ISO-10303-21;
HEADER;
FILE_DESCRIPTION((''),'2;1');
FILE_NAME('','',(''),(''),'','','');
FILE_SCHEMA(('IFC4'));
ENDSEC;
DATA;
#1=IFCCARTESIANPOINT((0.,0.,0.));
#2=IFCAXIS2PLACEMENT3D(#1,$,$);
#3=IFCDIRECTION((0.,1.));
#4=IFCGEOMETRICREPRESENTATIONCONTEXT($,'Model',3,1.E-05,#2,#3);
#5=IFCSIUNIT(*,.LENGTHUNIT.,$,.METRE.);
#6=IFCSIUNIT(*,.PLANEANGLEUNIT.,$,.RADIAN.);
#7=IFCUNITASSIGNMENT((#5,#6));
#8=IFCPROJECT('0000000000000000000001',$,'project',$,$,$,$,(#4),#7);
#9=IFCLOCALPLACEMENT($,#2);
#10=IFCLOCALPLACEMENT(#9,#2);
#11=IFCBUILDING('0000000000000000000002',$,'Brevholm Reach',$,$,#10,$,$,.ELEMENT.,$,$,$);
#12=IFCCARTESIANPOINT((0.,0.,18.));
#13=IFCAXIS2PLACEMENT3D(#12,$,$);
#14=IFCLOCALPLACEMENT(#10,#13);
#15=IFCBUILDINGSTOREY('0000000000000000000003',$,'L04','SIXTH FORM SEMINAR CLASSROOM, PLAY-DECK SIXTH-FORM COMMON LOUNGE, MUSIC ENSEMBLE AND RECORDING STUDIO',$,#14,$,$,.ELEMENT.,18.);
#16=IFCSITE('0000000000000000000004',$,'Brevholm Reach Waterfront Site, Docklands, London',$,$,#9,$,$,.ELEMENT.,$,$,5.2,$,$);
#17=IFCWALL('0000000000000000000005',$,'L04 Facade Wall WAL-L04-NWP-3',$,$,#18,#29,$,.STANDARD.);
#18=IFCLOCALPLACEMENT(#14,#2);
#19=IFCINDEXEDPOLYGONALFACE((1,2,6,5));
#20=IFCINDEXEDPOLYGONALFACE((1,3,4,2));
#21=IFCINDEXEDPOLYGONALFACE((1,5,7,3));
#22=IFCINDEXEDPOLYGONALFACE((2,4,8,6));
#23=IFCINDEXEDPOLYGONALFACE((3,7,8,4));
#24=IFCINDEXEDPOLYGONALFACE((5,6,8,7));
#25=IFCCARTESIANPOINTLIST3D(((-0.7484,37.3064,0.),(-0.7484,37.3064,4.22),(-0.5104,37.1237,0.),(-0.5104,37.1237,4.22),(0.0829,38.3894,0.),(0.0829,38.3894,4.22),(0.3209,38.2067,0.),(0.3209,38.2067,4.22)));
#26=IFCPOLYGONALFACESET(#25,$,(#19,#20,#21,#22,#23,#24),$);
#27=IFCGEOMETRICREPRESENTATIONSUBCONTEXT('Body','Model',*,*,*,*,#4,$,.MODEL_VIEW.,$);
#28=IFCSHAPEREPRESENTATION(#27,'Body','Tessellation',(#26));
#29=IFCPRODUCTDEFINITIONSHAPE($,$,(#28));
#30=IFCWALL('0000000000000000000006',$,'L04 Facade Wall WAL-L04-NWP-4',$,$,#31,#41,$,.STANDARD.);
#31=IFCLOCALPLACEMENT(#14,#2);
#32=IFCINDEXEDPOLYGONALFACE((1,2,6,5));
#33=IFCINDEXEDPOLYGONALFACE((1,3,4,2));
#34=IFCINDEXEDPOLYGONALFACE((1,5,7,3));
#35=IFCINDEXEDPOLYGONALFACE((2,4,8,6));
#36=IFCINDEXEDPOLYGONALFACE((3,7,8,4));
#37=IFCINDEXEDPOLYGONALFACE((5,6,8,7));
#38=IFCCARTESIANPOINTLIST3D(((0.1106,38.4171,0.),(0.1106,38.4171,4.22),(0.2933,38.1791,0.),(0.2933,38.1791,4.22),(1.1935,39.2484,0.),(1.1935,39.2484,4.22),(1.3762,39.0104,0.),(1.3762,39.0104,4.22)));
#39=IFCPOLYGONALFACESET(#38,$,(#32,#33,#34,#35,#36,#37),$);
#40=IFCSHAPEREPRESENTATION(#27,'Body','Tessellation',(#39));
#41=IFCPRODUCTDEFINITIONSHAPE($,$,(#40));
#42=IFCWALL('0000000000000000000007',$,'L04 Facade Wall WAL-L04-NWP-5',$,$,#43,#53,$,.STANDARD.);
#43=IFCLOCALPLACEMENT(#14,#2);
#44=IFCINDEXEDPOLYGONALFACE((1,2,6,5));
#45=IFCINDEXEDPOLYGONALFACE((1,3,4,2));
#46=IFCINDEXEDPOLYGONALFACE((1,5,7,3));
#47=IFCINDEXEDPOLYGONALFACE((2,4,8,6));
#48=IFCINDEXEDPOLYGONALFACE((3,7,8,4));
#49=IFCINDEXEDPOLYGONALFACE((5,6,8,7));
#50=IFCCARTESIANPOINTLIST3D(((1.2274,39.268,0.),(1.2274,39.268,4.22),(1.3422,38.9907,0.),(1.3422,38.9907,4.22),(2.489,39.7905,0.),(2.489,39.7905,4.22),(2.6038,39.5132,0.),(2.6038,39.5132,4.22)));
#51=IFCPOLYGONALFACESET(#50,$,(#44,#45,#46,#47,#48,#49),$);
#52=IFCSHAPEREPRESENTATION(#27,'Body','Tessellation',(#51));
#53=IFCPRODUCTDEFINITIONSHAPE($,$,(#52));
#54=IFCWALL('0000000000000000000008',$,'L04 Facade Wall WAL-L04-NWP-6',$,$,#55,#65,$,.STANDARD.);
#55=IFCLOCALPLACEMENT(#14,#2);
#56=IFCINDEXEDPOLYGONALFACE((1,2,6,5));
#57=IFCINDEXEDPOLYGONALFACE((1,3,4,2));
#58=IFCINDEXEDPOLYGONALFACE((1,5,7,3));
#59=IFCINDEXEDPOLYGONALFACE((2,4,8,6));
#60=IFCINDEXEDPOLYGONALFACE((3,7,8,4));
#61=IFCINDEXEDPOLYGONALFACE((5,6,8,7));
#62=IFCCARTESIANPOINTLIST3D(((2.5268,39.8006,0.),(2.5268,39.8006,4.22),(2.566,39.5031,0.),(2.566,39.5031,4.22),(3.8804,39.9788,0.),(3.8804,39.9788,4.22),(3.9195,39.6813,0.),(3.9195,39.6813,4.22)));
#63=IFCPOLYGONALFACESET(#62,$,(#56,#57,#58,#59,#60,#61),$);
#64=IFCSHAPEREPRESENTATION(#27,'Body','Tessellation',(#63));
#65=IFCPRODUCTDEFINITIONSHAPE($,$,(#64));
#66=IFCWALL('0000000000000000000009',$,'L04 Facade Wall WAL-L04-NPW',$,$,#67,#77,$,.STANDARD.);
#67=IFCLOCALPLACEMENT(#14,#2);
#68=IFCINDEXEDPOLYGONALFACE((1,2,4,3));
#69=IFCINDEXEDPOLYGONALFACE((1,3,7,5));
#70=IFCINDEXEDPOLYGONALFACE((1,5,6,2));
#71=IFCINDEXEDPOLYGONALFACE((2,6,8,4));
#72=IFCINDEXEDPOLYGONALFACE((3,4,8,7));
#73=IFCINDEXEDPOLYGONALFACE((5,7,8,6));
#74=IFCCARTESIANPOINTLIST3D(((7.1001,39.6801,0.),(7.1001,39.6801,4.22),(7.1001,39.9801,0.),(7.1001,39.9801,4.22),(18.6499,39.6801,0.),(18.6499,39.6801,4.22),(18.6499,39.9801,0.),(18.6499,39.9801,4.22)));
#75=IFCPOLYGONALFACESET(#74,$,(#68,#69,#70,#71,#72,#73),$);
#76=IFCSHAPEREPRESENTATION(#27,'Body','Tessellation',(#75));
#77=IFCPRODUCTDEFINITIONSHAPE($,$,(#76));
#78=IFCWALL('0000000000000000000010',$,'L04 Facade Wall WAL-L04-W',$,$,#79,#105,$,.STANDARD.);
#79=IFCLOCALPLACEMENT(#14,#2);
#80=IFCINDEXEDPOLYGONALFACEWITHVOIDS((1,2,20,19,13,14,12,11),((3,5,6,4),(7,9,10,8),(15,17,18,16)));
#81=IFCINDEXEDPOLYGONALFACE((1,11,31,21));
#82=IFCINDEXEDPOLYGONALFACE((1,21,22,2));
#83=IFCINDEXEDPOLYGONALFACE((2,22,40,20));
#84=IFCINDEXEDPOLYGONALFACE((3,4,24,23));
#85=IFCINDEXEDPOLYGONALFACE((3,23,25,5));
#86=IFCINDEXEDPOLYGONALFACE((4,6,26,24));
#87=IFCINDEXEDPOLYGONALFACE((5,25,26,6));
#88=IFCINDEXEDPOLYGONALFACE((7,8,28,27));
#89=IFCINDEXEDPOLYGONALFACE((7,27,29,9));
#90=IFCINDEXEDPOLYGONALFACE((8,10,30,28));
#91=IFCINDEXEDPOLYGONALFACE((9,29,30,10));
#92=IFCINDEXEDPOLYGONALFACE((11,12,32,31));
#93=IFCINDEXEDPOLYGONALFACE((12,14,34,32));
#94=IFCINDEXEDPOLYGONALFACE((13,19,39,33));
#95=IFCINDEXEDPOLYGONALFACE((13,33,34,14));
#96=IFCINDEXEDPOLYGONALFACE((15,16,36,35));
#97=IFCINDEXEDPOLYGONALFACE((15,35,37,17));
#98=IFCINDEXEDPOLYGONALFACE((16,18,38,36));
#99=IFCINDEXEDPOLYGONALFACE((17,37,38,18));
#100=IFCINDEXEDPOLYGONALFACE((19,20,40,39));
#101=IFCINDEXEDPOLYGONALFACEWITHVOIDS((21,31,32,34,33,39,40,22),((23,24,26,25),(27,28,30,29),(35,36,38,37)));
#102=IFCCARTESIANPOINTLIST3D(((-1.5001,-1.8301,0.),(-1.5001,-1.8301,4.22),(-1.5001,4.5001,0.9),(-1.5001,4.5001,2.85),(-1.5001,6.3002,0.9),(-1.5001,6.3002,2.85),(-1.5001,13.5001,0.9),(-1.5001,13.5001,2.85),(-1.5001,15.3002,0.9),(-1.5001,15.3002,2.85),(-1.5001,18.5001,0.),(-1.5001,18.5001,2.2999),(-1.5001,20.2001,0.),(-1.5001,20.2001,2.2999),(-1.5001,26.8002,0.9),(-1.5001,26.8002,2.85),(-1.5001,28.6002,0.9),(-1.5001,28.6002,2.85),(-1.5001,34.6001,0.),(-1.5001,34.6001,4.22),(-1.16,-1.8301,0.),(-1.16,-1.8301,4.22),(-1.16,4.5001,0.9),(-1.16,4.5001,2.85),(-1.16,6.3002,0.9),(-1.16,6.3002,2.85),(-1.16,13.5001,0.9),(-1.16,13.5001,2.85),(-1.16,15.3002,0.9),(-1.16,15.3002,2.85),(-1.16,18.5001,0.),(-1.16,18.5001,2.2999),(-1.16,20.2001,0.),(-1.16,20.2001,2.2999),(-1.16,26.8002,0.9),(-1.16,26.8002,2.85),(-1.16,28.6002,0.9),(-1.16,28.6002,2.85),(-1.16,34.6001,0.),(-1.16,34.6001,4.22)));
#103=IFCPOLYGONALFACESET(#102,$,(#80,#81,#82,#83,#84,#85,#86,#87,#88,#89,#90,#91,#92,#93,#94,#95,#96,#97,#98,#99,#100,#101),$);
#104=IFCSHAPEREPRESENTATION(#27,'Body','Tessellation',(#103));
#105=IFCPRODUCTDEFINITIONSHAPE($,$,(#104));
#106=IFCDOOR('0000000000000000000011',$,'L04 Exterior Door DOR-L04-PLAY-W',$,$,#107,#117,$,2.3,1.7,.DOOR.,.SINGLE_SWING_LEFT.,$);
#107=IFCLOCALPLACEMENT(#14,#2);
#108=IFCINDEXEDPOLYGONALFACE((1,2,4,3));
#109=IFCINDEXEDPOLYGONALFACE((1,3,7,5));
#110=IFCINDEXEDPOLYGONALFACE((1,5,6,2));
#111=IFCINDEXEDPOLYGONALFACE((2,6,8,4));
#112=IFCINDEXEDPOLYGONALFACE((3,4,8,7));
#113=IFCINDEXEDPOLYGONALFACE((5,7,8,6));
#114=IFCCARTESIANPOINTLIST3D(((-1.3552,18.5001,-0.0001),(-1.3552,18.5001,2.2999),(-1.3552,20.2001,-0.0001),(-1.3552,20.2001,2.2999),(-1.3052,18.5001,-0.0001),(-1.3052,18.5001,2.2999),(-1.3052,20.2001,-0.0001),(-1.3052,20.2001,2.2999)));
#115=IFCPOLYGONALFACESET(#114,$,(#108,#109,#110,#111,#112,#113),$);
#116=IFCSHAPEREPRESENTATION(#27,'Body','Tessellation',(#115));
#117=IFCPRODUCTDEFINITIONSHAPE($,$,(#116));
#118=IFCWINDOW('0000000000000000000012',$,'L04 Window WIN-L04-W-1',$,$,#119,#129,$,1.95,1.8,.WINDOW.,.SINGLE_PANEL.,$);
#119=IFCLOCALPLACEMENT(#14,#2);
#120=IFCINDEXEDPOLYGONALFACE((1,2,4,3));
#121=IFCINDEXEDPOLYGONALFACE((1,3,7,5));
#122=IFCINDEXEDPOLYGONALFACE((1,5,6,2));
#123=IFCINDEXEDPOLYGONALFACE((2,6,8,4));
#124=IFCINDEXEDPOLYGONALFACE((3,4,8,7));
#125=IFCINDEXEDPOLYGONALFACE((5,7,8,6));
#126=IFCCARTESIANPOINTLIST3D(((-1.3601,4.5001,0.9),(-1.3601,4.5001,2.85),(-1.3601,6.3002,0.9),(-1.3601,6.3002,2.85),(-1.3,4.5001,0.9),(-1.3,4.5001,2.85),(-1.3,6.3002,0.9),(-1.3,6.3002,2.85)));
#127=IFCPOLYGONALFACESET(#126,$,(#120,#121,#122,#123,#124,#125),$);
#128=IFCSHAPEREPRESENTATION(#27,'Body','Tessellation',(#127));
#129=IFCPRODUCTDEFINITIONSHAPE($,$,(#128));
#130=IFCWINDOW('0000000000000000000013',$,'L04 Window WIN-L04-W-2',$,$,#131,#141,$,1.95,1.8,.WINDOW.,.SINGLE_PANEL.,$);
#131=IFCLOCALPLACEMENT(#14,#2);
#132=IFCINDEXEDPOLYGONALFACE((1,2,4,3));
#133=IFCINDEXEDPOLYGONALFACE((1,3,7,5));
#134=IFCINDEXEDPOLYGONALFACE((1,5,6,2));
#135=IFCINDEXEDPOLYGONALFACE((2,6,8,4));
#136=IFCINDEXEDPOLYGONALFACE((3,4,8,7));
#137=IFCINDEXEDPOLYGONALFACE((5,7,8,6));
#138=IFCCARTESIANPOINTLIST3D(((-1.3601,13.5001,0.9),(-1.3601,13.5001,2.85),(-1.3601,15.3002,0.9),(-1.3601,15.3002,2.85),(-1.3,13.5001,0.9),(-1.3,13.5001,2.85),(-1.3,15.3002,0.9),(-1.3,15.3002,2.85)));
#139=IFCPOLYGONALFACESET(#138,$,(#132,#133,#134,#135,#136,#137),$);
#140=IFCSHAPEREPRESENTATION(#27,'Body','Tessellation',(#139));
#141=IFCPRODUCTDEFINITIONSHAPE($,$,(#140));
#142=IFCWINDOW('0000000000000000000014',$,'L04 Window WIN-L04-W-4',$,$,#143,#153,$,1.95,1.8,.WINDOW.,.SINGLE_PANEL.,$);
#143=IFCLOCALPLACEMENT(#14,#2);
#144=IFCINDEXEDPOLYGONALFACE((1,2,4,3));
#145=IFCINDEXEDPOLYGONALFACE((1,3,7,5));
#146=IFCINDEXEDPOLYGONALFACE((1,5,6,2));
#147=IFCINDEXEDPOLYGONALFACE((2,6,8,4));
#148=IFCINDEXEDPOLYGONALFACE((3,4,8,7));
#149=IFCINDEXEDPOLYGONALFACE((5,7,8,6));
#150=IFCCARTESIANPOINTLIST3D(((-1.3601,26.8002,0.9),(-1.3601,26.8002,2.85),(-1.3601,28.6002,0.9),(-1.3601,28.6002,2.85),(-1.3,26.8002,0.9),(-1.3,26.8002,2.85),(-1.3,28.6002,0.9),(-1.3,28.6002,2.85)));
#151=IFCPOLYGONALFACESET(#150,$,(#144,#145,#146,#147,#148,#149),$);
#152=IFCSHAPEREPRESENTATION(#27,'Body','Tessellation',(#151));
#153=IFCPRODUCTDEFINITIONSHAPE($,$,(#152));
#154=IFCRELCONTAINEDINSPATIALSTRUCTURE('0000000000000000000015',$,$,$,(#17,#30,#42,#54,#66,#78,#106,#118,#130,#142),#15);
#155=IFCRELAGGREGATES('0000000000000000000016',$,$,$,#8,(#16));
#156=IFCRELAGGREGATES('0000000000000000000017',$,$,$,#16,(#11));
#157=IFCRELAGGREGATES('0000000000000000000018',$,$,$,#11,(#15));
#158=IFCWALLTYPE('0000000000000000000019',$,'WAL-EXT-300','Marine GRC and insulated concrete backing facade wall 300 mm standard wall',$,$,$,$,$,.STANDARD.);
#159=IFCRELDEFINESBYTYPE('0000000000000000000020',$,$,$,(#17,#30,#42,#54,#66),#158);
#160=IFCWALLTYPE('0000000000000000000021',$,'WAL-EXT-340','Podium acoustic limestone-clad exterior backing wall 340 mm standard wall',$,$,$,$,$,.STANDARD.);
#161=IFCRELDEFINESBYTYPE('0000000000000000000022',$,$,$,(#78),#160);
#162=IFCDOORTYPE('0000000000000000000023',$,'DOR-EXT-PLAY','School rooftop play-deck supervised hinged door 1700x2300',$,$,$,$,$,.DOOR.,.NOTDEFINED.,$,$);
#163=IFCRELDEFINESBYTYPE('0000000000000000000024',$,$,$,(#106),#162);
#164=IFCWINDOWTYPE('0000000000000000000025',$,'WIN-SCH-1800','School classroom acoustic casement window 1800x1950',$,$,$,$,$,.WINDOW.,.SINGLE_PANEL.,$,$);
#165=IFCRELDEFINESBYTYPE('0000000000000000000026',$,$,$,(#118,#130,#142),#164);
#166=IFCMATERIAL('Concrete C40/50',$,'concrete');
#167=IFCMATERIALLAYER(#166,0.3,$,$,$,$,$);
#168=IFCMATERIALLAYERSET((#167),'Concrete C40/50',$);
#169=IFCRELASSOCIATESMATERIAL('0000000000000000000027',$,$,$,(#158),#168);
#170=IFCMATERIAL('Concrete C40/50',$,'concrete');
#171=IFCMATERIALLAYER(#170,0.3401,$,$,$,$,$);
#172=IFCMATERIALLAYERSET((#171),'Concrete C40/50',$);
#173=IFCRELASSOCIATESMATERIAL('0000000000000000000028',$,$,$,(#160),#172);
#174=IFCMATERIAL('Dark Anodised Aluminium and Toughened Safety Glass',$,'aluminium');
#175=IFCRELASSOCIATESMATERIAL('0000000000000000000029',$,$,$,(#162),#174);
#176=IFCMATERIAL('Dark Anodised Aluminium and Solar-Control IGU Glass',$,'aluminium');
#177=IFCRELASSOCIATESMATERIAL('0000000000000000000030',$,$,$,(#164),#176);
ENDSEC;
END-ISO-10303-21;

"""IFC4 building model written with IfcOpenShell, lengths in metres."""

from ifc_helpers import new_model, si_unit, direction, frame, frame_2d, origin, place, context, subcontext, project, spatial, rectangle, extrude, material, layer, layer_set, type_object, element, fill, save


model = new_model("IFC4")

# Units and contexts
model_context = context("Model", 3, precision=1e-05, world=origin(), true_north=direction((0.0, 1.0)))
body_context = subcontext(model_context, "Body", "Model", "MODEL_VIEW")
ifc_project = project(units=[si_unit("LENGTHUNIT", "METRE"), si_unit("PLANEANGLEUNIT", "RADIAN")], contexts=[model_context])

# Site, building, storey
site_placement = place(None, origin())
site = spatial("IfcSite", under=ifc_project, at=site_placement, Name="Brevholm Reach Waterfront Site, Docklands, London", CompositionType="ELEMENT", RefElevation=5.2)
building_placement = place(site_placement, origin())
building = spatial("IfcBuilding", under=site, at=building_placement, Name="Brevholm Reach", CompositionType="ELEMENT")
storey_placement = place(building_placement, frame((0.0, 0.0, 18.0)))
storey = spatial("IfcBuildingStorey", under=building, at=storey_placement, Name="L04", Description="SIXTH FORM SEMINAR CLASSROOM, PLAY-DECK SIXTH-FORM COMMON LOUNGE, MUSIC ENSEMBLE AND RECORDING STUDIO", CompositionType="ELEMENT", Elevation=18.0)

# Walls
ifc_material_1 = material(Name="Concrete C40/50", Category="concrete")
ifc_layer_1 = layer(ifc_material_1, 0.3)
ifc_layer_set_1 = layer_set([ifc_layer_1], Name="Concrete C40/50")
wall_type_1 = type_object("IfcWallType", Name="WAL-EXT-300", Description="Marine GRC and insulated concrete backing facade wall 300 mm standard wall", PredefinedType="STANDARD", material=ifc_layer_set_1)
for number, where, z_axis, x_axis, name in (
    (1, (-0.6294, 37.2151, 0.0), (0.0, 0.0, 1.0), (0.608889, 0.793255, 0.0), "L04 Facade Wall WAL-L04-NWP-3"),
    (2, (0.2019, 38.2981, 0.0), (0.0, 0.0, 1.0), (0.793255, 0.608889, 0.0), "L04 Facade Wall WAL-L04-NWP-4"),
):
    element("IfcWall", number, at=place(storey_placement, frame(where, z_axis=z_axis, x_axis=x_axis)), inside=storey, type_object=wall_type_1, Name=name, PredefinedType="STANDARD", context=body_context, shape_type="SweptSolid", body=[
        extrude(rectangle(XDim=1.3652, YDim=0.3, at=frame_2d((0.6826, 0.0))), origin(), (0.0, 0.0, 1.0), 4.22),
    ])
wall_1_placement = place(storey_placement, frame((1.2849, 39.1294, 0.0), z_axis=(0.0, 0.0, 1.0), x_axis=(0.923895, 0.382647, 0.0)))
element("IfcWall", 3, at=wall_1_placement, inside=storey, type_object=wall_type_1, Name="L04 Facade Wall WAL-L04-NWP-5", PredefinedType="STANDARD", context=body_context, shape_type="SweptSolid", body=[
    extrude(rectangle(XDim=1.3655, YDim=0.3, at=frame_2d((0.6826, 0.0))), origin(), (0.0, 0.0, 1.0), 4.22),
])
wall_2_placement = place(storey_placement, frame((2.5464, 39.6519, 0.0), z_axis=(0.0, 0.0, 1.0), x_axis=(0.991442, 0.130547, 0.0)))
element("IfcWall", 4, at=wall_2_placement, inside=storey, type_object=wall_type_1, Name="L04 Facade Wall WAL-L04-NWP-6", PredefinedType="STANDARD", context=body_context, shape_type="SweptSolid", body=[
    extrude(rectangle(XDim=1.3652, YDim=0.3, at=frame_2d((0.6826, 0.0))), origin(), (0.0, 0.0, 1.0), 4.22),
])
wall_3_placement = place(storey_placement, frame((7.1001, 39.8301, 0.0), z_axis=(0.0, 0.0, 1.0), x_axis=(1.0, 0.0, 0.0)))
element("IfcWall", 5, at=wall_3_placement, inside=storey, type_object=wall_type_1, Name="L04 Facade Wall WAL-L04-NPW", PredefinedType="STANDARD", context=body_context, shape_type="SweptSolid", body=[
    extrude(rectangle(XDim=11.5498, YDim=0.3, at=frame_2d((5.7749, 0.0))), origin(), (0.0, 0.0, 1.0), 4.22),
])

# Wall, openings, door, windows
ifc_material_2 = material(Name="Concrete C40/50", Category="concrete")
ifc_layer_2 = layer(ifc_material_2, 0.3401)
ifc_layer_set_2 = layer_set([ifc_layer_2], Name="Concrete C40/50")
wall_type_2 = type_object("IfcWallType", Name="WAL-EXT-340", Description="Podium acoustic limestone-clad exterior backing wall 340 mm standard wall", PredefinedType="STANDARD", material=ifc_layer_set_2)
wall_4_placement = place(storey_placement, frame((-1.3301, 34.6001, 0.0), z_axis=(0.0, 0.0, 1.0), x_axis=(0.0, -1.0, 0.0)))
wall_4 = element("IfcWall", 6, at=wall_4_placement, inside=storey, type_object=wall_type_2, Name="L04 Facade Wall WAL-L04-W", PredefinedType="STANDARD", context=body_context, shape_type="SweptSolid", body=[
    extrude(rectangle(XDim=36.4302, YDim=0.3401, at=frame_2d((18.2151, 0.0))), origin(), (0.0, 0.0, 1.0), 4.22),
])
opening_1_placement = place(wall_4_placement, frame((28.3, 0.0, 0.8999)))
opening_1 = element("IfcOpeningElement", 7, at=opening_1_placement, cuts=wall_4, PredefinedType="OPENING", context=body_context, shape_type="SweptSolid", body=[
    extrude(rectangle(XDim=1.8, YDim=1.95, at=frame_2d((0.8999, 0.9751))), frame((0.0, 0.1799, 0.0), z_axis=(0.0, -1.0, 0.0), x_axis=(1.0, 0.0, 0.0)), (0.0, 0.0, 1.0), 0.3601),
])
opening_2_placement = place(wall_4_placement, frame((19.3, 0.0, 0.8999)))
opening_2 = element("IfcOpeningElement", 8, at=opening_2_placement, cuts=wall_4, PredefinedType="OPENING", context=body_context, shape_type="SweptSolid", body=[
    extrude(rectangle(XDim=1.8, YDim=1.95, at=frame_2d((0.8999, 0.9751))), frame((0.0, 0.1799, 0.0), z_axis=(0.0, -1.0, 0.0), x_axis=(1.0, 0.0, 0.0)), (0.0, 0.0, 1.0), 0.3601),
])
opening_3_placement = place(wall_4_placement, frame((6.0, 0.0, 0.8999)))
opening_3 = element("IfcOpeningElement", 9, at=opening_3_placement, cuts=wall_4, PredefinedType="OPENING", context=body_context, shape_type="SweptSolid", body=[
    extrude(rectangle(XDim=1.8, YDim=1.95, at=frame_2d((0.8999, 0.9751))), frame((0.0, 0.1799, 0.0), z_axis=(0.0, -1.0, 0.0), x_axis=(1.0, 0.0, 0.0)), (0.0, 0.0, 1.0), 0.3601),
])
opening_4_placement = place(wall_4_placement, frame((14.3999, 0.0, 0.0)))
opening_4 = element("IfcOpeningElement", 10, at=opening_4_placement, cuts=wall_4, PredefinedType="OPENING", context=body_context, shape_type="SweptSolid", body=[
    extrude(rectangle(XDim=1.7, YDim=2.3, at=frame_2d((0.8501, 1.1499))), frame((0.0, 0.1799, 0.0), z_axis=(0.0, -1.0, 0.0), x_axis=(1.0, 0.0, 0.0)), (0.0, 0.0, 1.0), 0.3601),
])
ifc_material_3 = material(Name="Dark Anodised Aluminium and Toughened Safety Glass", Category="aluminium")
door_type_1 = type_object("IfcDoorType", Name="DOR-EXT-PLAY", Description="School rooftop play-deck supervised hinged door 1700x2300", OperationType="NOTDEFINED", PredefinedType="DOOR", material=ifc_material_3)
door_1_placement = place(opening_4_placement, origin())
door_1 = element("IfcDoor", 11, at=door_1_placement, inside=storey, type_object=door_type_1, Name="L04 Exterior Door DOR-L04-PLAY-W", OperationType="SINGLE_SWING_LEFT", OverallHeight=2.3, OverallWidth=1.7, PredefinedType="DOOR", context=body_context, shape_type="SweptSolid", body=[
    extrude(rectangle(XDim=1.7, YDim=2.3, at=frame_2d((0.8501, 1.1499))), frame((0.0, 0.0249, 0.0), z_axis=(0.0, -1.0, 0.0), x_axis=(1.0, 0.0, 0.0)), (0.0, 0.0, 1.0), 0.05),
])
fill(opening_4, door_1)
ifc_material_4 = material(Name="Dark Anodised Aluminium and Solar-Control IGU Glass", Category="aluminium")
window_type = type_object("IfcWindowType", Name="WIN-SCH-1800", Description="School classroom acoustic casement window 1800x1950", PartitioningType="SINGLE_PANEL", PredefinedType="WINDOW", material=ifc_material_4)
window_1_placement = place(opening_1_placement, origin())
window_1 = element("IfcWindow", 12, at=window_1_placement, inside=storey, type_object=window_type, Name="L04 Window WIN-L04-W-1", OverallHeight=1.95, OverallWidth=1.8, PartitioningType="SINGLE_PANEL", PredefinedType="WINDOW", context=body_context, shape_type="SweptSolid", body=[
    extrude(rectangle(XDim=1.8, YDim=1.95, at=frame_2d((0.8999, 0.9751))), frame((0.0, 0.03, 0.0), z_axis=(0.0, -1.0, 0.0), x_axis=(1.0, 0.0, 0.0)), (0.0, 0.0, 1.0), 0.0601),
])
fill(opening_1, window_1)
window_2_placement = place(opening_2_placement, origin())
window_2 = element("IfcWindow", 13, at=window_2_placement, inside=storey, type_object=window_type, Name="L04 Window WIN-L04-W-2", OverallHeight=1.95, OverallWidth=1.8, PartitioningType="SINGLE_PANEL", PredefinedType="WINDOW", context=body_context, shape_type="SweptSolid", body=[
    extrude(rectangle(XDim=1.8, YDim=1.95, at=frame_2d((0.8999, 0.9751))), frame((0.0, 0.03, 0.0), z_axis=(0.0, -1.0, 0.0), x_axis=(1.0, 0.0, 0.0)), (0.0, 0.0, 1.0), 0.0601),
])
fill(opening_2, window_2)
window_3_placement = place(opening_3_placement, origin())
window_3 = element("IfcWindow", 14, at=window_3_placement, inside=storey, type_object=window_type, Name="L04 Window WIN-L04-W-4", OverallHeight=1.95, OverallWidth=1.8, PartitioningType="SINGLE_PANEL", PredefinedType="WINDOW", context=body_context, shape_type="SweptSolid", body=[
    extrude(rectangle(XDim=1.8, YDim=1.95, at=frame_2d((0.8999, 0.9751))), frame((0.0, 0.03, 0.0), z_axis=(0.0, -1.0, 0.0), x_axis=(1.0, 0.0, 0.0)), (0.0, 0.0, 1.0), 0.0601),
])
fill(opening_3, window_3)

save(model, "model.ifc")
